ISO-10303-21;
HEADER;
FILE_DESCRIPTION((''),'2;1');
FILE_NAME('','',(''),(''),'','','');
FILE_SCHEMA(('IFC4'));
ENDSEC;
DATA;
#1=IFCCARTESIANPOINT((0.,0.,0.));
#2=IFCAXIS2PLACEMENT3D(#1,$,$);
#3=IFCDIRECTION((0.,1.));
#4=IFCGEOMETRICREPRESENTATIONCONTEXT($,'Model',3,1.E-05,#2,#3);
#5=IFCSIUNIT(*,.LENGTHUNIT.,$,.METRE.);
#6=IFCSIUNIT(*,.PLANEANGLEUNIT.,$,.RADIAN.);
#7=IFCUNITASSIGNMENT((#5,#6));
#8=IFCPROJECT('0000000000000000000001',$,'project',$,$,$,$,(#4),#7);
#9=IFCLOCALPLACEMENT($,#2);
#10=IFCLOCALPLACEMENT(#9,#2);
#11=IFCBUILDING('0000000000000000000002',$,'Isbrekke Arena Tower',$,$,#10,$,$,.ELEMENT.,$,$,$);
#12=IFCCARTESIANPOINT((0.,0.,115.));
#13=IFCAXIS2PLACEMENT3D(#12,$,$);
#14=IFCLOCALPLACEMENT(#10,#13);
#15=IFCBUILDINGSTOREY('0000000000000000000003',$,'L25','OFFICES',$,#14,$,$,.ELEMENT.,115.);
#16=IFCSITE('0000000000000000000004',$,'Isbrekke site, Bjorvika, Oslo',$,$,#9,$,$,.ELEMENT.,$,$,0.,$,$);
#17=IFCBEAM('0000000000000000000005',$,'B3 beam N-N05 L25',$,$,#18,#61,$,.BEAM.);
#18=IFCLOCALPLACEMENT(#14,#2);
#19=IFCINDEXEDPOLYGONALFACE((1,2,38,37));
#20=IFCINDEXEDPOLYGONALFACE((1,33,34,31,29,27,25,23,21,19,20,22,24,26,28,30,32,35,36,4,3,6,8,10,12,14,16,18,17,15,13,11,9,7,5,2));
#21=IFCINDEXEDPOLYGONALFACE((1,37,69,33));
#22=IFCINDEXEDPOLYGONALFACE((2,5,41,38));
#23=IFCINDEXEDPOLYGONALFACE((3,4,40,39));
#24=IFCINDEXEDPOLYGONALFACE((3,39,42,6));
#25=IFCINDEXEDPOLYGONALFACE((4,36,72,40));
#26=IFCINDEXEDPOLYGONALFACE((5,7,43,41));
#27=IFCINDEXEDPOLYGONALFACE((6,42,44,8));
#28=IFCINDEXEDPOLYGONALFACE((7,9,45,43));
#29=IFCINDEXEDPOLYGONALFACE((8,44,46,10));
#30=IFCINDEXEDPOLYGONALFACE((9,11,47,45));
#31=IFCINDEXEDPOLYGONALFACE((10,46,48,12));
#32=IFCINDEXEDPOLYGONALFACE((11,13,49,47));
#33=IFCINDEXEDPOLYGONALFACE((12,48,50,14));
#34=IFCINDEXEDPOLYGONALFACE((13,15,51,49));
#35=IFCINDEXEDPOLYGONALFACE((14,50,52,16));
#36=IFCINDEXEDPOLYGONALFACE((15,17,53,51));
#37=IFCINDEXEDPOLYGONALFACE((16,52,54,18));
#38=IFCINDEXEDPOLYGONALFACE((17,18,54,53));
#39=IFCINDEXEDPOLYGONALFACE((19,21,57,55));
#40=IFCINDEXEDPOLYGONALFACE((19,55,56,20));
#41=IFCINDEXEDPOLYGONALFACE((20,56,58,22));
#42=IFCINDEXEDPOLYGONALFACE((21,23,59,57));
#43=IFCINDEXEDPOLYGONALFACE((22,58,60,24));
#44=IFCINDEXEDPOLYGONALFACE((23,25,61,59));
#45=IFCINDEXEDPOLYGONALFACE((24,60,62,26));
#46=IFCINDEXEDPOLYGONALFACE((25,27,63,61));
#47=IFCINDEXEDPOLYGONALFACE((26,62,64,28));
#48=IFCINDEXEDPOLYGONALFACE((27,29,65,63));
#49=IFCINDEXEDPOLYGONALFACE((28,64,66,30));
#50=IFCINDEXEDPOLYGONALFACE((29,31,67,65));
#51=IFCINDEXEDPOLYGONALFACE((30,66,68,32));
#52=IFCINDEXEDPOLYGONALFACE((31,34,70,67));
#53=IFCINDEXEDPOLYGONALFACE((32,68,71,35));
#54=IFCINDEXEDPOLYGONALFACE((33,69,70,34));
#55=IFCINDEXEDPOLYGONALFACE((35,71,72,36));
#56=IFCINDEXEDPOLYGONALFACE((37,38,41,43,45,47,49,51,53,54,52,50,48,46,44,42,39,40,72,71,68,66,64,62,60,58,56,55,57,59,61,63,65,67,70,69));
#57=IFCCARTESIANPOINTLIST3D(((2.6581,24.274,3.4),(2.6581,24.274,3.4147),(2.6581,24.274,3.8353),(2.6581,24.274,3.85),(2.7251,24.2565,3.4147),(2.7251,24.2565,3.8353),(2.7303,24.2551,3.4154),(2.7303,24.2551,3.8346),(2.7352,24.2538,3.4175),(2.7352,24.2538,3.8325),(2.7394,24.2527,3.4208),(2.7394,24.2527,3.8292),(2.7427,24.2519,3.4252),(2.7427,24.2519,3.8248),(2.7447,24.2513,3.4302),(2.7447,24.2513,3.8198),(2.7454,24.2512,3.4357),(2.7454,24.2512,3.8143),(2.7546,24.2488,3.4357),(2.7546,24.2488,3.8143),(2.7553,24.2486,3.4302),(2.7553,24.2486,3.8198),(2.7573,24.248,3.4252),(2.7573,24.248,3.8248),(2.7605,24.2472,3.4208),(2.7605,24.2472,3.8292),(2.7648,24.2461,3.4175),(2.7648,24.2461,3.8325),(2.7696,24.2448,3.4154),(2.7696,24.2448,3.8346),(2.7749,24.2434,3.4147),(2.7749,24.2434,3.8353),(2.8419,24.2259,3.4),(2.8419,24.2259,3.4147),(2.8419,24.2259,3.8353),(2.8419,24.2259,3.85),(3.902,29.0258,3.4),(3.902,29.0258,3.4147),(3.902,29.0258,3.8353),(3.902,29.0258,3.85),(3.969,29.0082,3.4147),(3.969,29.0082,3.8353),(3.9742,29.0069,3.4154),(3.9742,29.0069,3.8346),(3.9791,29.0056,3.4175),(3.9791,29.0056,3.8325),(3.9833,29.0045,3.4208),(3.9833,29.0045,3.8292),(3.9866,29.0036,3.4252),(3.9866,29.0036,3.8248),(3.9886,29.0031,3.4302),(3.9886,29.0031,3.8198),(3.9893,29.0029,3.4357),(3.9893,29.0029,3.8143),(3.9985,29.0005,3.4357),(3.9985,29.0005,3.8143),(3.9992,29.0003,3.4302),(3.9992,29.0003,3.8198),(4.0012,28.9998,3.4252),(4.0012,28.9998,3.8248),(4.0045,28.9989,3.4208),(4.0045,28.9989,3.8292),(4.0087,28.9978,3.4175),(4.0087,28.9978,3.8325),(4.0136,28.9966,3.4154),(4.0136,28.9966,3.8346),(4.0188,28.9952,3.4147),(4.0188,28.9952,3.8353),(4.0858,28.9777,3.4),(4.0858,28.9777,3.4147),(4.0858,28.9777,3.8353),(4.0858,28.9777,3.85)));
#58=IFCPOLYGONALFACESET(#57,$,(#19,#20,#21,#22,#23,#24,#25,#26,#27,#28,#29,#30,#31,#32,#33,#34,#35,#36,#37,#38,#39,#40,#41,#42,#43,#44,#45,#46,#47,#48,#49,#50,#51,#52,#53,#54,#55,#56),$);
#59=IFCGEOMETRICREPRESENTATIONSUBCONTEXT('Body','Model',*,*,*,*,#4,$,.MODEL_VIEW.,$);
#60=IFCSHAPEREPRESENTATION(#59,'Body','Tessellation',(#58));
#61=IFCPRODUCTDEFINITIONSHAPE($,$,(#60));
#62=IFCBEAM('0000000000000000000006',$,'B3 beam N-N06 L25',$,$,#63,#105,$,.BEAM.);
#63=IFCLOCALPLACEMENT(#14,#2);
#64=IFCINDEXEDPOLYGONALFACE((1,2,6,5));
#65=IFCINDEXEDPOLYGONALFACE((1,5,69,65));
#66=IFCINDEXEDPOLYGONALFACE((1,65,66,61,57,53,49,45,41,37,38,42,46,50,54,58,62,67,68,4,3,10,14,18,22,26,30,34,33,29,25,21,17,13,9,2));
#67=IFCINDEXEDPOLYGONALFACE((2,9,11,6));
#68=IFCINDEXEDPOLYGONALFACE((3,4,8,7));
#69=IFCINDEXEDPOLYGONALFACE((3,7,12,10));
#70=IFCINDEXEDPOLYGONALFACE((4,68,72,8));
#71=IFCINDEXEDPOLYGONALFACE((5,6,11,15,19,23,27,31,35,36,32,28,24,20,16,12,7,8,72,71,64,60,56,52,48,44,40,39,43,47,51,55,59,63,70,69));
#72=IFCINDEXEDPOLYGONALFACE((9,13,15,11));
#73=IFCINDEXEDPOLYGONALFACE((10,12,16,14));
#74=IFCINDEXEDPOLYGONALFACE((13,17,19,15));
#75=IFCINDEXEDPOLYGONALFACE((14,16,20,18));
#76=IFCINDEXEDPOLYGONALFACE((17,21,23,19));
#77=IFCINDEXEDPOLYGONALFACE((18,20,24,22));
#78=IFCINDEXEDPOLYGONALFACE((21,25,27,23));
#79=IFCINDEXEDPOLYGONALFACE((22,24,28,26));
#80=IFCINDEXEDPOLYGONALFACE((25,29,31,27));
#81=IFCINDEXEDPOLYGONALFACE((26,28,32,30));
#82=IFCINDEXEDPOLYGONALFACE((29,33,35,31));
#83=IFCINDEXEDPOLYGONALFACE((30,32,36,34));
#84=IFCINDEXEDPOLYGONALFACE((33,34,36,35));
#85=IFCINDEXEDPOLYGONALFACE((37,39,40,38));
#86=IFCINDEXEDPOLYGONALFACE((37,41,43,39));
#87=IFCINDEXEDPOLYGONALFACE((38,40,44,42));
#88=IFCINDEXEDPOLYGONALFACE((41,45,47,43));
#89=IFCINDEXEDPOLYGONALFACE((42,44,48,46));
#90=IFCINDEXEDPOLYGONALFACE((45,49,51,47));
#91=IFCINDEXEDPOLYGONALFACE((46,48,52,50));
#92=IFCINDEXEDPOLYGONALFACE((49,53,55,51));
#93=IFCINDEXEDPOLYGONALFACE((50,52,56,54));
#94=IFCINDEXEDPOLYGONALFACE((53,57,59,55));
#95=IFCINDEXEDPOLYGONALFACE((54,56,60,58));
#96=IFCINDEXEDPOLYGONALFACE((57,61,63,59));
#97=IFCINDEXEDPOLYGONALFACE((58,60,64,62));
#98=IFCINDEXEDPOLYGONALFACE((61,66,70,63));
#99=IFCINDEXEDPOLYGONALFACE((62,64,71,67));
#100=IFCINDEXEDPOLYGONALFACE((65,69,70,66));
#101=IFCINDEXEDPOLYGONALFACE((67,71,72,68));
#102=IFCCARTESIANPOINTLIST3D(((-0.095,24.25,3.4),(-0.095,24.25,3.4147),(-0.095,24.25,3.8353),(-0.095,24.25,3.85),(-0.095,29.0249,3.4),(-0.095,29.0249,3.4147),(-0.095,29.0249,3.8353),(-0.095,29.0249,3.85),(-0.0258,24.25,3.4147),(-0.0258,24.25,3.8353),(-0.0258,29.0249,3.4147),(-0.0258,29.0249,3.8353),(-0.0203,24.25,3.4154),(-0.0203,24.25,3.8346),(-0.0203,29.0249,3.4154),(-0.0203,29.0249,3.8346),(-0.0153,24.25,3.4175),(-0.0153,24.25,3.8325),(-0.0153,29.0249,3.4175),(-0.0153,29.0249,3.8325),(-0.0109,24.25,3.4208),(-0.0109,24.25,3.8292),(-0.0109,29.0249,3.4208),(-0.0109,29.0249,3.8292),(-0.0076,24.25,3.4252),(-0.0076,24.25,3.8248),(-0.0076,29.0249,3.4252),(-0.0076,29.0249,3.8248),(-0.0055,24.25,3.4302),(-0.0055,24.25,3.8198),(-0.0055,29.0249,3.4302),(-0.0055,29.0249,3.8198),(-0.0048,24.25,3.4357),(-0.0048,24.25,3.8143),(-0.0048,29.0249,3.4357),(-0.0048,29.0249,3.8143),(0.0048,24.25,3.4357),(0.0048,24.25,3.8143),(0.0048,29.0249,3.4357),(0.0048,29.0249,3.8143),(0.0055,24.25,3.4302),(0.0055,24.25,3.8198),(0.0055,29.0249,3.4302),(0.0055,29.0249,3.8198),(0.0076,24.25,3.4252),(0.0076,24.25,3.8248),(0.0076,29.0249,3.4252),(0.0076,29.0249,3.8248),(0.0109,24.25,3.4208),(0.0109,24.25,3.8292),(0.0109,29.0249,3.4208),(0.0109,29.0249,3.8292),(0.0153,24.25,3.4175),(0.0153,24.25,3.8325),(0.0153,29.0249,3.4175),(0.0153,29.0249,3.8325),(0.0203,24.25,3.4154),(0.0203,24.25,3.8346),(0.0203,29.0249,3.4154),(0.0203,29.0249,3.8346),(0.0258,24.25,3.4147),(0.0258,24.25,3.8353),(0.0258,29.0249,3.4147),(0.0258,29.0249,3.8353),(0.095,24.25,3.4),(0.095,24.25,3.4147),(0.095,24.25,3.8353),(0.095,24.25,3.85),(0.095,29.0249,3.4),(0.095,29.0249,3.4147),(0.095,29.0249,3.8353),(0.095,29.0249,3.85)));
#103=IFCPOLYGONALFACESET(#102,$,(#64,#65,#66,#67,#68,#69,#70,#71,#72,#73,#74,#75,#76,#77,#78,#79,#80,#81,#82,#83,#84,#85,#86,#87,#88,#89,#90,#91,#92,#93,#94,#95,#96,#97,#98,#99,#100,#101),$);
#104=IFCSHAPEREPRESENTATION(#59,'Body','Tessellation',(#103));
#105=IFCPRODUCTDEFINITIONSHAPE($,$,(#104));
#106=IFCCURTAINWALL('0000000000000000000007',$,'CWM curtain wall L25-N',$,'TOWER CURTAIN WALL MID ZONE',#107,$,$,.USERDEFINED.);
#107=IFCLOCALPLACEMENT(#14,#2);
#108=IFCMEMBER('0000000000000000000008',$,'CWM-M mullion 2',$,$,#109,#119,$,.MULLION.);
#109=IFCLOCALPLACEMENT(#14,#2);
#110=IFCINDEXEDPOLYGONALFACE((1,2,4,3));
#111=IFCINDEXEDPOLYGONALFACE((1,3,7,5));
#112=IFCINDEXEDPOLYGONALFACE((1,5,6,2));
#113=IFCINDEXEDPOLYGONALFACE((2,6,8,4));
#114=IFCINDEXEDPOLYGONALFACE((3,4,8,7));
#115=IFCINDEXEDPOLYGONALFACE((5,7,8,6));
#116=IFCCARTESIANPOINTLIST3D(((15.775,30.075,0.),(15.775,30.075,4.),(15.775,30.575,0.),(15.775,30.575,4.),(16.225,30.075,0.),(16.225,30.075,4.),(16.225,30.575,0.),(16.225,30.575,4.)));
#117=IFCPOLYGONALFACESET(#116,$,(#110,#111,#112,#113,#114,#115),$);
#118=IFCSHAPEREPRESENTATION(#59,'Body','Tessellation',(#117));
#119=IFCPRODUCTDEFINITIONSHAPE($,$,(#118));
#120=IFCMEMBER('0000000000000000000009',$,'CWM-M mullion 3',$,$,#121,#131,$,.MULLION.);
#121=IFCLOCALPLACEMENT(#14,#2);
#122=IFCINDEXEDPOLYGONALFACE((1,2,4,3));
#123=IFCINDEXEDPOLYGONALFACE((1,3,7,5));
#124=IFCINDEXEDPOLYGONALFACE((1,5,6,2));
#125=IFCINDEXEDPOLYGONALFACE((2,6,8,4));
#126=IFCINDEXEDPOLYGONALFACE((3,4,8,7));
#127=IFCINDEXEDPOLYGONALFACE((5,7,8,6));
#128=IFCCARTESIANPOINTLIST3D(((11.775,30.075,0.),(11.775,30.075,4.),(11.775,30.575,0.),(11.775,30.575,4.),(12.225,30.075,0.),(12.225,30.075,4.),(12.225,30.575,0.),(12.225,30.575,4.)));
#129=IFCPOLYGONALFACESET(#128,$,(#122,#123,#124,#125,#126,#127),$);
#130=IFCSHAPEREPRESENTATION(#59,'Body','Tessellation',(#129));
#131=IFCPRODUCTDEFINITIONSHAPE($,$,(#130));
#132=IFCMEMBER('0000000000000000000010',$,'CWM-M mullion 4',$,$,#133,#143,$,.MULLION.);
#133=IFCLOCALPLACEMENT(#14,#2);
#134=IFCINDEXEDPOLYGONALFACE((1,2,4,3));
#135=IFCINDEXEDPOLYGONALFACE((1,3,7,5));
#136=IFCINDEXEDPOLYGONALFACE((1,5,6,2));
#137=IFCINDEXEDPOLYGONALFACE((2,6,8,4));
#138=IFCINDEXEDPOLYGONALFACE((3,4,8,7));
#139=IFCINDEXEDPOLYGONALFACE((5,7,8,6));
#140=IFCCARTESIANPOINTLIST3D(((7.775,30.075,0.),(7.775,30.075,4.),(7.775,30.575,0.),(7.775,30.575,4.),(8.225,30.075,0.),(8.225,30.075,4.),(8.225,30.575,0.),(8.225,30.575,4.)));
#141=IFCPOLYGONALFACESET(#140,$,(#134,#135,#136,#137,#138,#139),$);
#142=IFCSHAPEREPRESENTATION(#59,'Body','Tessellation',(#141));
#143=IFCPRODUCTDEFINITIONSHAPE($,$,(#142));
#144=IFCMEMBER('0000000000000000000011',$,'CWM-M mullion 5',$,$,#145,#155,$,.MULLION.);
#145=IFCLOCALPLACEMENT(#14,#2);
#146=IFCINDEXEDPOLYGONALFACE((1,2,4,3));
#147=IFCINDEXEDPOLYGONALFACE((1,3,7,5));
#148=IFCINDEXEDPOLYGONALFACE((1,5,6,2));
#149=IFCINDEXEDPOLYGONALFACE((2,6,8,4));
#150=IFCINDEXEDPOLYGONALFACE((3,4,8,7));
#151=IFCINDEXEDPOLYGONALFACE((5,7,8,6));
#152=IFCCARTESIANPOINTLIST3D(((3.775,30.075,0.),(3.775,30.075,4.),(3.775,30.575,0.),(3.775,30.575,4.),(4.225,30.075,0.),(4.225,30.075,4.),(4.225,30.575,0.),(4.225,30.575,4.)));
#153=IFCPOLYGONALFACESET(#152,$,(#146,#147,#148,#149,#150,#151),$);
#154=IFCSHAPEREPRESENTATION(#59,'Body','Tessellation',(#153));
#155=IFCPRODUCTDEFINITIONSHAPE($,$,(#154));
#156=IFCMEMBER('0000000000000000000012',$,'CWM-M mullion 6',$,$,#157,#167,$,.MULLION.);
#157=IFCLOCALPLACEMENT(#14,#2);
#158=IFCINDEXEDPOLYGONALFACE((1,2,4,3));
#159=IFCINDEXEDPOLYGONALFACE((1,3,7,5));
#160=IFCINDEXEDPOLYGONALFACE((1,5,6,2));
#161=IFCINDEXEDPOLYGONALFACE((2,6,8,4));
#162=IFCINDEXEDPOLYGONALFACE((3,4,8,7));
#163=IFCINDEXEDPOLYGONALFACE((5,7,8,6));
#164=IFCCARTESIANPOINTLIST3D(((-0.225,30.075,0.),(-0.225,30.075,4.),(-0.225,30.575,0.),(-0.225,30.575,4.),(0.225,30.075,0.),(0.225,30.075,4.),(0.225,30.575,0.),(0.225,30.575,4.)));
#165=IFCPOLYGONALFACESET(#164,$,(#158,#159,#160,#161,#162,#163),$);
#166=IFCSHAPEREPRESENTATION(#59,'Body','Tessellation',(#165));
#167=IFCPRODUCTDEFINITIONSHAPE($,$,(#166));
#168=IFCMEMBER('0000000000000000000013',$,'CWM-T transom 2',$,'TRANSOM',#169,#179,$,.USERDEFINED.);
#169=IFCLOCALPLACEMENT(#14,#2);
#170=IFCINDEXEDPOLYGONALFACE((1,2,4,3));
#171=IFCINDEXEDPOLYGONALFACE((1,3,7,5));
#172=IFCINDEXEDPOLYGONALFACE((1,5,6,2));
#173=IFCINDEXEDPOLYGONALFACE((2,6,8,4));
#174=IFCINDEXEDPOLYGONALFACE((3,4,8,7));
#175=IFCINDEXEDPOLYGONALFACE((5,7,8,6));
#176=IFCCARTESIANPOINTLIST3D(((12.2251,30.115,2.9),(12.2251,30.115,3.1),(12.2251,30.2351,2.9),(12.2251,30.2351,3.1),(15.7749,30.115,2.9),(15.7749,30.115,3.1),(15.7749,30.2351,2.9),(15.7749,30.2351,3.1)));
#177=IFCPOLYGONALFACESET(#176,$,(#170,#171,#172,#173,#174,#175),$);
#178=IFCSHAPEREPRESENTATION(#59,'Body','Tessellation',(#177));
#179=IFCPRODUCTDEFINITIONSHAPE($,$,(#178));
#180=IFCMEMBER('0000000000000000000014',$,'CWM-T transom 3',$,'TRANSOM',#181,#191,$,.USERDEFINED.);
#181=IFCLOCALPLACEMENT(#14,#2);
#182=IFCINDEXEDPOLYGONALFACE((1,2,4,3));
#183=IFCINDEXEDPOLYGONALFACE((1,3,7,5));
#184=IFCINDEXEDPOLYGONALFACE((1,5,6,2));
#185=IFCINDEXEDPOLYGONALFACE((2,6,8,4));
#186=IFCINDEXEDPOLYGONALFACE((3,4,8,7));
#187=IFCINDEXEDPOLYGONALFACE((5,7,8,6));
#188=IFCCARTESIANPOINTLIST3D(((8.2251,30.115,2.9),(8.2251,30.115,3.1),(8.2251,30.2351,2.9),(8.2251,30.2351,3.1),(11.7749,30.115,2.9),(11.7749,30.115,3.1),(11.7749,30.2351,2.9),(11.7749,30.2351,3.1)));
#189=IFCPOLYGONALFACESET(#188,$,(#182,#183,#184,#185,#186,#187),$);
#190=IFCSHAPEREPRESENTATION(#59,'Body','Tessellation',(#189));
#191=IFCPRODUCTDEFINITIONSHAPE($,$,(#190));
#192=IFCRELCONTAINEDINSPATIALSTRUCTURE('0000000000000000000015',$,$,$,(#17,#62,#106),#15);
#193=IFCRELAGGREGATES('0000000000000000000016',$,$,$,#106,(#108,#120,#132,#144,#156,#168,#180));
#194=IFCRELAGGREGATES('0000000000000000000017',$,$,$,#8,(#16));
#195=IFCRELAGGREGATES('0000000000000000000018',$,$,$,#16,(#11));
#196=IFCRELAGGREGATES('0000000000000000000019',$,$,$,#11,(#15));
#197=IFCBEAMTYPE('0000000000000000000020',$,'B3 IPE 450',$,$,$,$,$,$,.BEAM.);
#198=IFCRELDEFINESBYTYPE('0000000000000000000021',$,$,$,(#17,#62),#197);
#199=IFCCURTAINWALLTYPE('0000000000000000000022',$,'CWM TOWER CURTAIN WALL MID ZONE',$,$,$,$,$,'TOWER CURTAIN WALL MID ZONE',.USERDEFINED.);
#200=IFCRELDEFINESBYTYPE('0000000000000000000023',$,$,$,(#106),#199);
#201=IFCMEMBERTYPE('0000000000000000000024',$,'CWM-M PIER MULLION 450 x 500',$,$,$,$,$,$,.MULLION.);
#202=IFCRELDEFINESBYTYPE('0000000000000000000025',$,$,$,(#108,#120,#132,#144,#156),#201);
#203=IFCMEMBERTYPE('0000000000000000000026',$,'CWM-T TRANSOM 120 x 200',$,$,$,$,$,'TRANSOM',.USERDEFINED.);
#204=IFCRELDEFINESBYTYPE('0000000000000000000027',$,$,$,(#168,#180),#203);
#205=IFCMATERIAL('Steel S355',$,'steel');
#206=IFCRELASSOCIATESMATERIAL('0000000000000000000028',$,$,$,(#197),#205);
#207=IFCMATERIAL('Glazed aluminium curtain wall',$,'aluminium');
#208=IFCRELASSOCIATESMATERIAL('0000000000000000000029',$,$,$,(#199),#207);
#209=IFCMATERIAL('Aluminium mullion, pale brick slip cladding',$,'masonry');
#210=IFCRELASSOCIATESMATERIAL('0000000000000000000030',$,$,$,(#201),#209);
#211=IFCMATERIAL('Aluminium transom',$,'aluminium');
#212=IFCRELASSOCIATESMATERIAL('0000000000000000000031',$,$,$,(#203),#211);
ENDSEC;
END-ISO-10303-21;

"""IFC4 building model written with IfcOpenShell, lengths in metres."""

from ifc_helpers import new_model, si_unit, direction, frame, origin, origin_2d, place, context, subcontext, project, spatial, rectangle, i_section, extrude, material, material_profile, profile_set, type_object, element, aggregate, save


model = new_model("IFC4")

# Units and contexts
model_context = context("Model", 3, precision=1e-05, world=origin(), true_north=direction((0.0, 1.0)))
body_context = subcontext(model_context, "Body", "Model", "MODEL_VIEW")
ifc_project = project(units=[si_unit("LENGTHUNIT", "METRE"), si_unit("PLANEANGLEUNIT", "RADIAN")], contexts=[model_context])

# Site, building, storey
site_placement = place(None, origin())
site = spatial("IfcSite", under=ifc_project, at=site_placement, Name="Isbrekke site, Bjorvika, Oslo", CompositionType="ELEMENT", RefElevation=0.0)
building_placement = place(site_placement, origin())
building = spatial("IfcBuilding", under=site, at=building_placement, Name="Isbrekke Arena Tower", CompositionType="ELEMENT")
storey_placement = place(building_placement, frame((0.0, 0.0, 115.0)))
storey = spatial("IfcBuildingStorey", under=building, at=storey_placement, Name="L25", Description="OFFICES", CompositionType="ELEMENT", Elevation=115.0)

# Beams
ifc_material_1 = material(Name="Steel S355", Category="steel")
ifc_material_profile_1 = material_profile(ifc_material_1, i_section(OverallWidth=0.1899, OverallDepth=0.45, WebThickness=0.0095, FlangeThickness=0.0146, FilletRadius=0.021, at=origin_2d()), Name="IPE 450")
ifc_profile_set_1 = profile_set([ifc_material_profile_1], Name="Steel S355")
beam_type_1 = type_object("IfcBeamType", Name="B3 IPE 450", PredefinedType="BEAM", material=ifc_profile_set_1)
beam_1_placement = place(storey_placement, frame((3.9939, 29.0017, 3.625), z_axis=(-0.253245, -0.967402, 0.0), x_axis=(0.967402, -0.253245, 0.0)))
element("IfcBeam", 1, at=beam_1_placement, inside=storey, type_object=beam_type_1, Name="B3 beam N-N05 L25", PredefinedType="BEAM", context=body_context, shape_type="SweptSolid", body=[
    extrude(i_section(OverallWidth=0.1899, OverallDepth=0.45, WebThickness=0.0095, FlangeThickness=0.0146, FilletRadius=0.021, at=origin_2d()), origin(), (0.0, 0.0, 1.0), 4.9119),
])
beam_2_placement = place(storey_placement, frame((0.0, 29.0249, 3.625), z_axis=(0.0, -1.0, 0.0), x_axis=(1.0, 0.0, 0.0)))
element("IfcBeam", 2, at=beam_2_placement, inside=storey, type_object=beam_type_1, Name="B3 beam N-N06 L25", PredefinedType="BEAM", context=body_context, shape_type="SweptSolid", body=[
    extrude(i_section(OverallWidth=0.1899, OverallDepth=0.45, WebThickness=0.0095, FlangeThickness=0.0146, FilletRadius=0.021, at=origin_2d()), origin(), (0.0, 0.0, 1.0), 4.7749),
])

# Curtain wall, members
ifc_material_2 = material(Name="Glazed aluminium curtain wall", Category="aluminium")
curtain_wall_type = type_object("IfcCurtainWallType", Name="CWM TOWER CURTAIN WALL MID ZONE", ElementType="TOWER CURTAIN WALL MID ZONE", PredefinedType="USERDEFINED", material=ifc_material_2)
curtain_wall_placement = place(storey_placement, origin())
curtain_wall = element("IfcCurtainWall", 3, at=curtain_wall_placement, inside=storey, type_object=curtain_wall_type, Name="CWM curtain wall L25-N", ObjectType="TOWER CURTAIN WALL MID ZONE", PredefinedType="USERDEFINED")
ifc_material_3 = material(Name="Aluminium mullion, pale brick slip cladding", Category="masonry")
ifc_material_profile_2 = material_profile(ifc_material_3, rectangle(XDim=0.45, YDim=0.5, at=origin_2d()), Name="PIER 450X500")
ifc_profile_set_2 = profile_set([ifc_material_profile_2], Name="Aluminium mullion, pale brick slip cladding")
member_type_1 = type_object("IfcMemberType", Name="CWM-M PIER MULLION 450 x 500", PredefinedType="MULLION", material=ifc_profile_set_2)
member_1_placement = place(storey_placement, frame((16.0, 30.325, 0.0), z_axis=(0.0, 0.0, 1.0), x_axis=(-1.0, 0.0, 0.0)))
member_1 = element("IfcMember", 4, at=member_1_placement, type_object=member_type_1, Name="CWM-M mullion 2", PredefinedType="MULLION", context=body_context, shape_type="SweptSolid", body=[
    extrude(rectangle(XDim=0.45, YDim=0.5, at=origin_2d()), origin(), (0.0, 0.0, 1.0), 4.0),
])
member_2_placement = place(storey_placement, frame((12.0, 30.325, 0.0), z_axis=(0.0, 0.0, 1.0), x_axis=(-1.0, 0.0, 0.0)))
member_2 = element("IfcMember", 5, at=member_2_placement, type_object=member_type_1, Name="CWM-M mullion 3", PredefinedType="MULLION", context=body_context, shape_type="SweptSolid", body=[
    extrude(rectangle(XDim=0.45, YDim=0.5, at=origin_2d()), origin(), (0.0, 0.0, 1.0), 4.0),
])
member_3_placement = place(storey_placement, frame((8.0, 30.325, 0.0), z_axis=(0.0, 0.0, 1.0), x_axis=(-1.0, 0.0, 0.0)))
member_3 = element("IfcMember", 6, at=member_3_placement, type_object=member_type_1, Name="CWM-M mullion 4", PredefinedType="MULLION", context=body_context, shape_type="SweptSolid", body=[
    extrude(rectangle(XDim=0.45, YDim=0.5, at=origin_2d()), origin(), (0.0, 0.0, 1.0), 4.0),
])
member_4_placement = place(storey_placement, frame((4.0, 30.325, 0.0), z_axis=(0.0, 0.0, 1.0), x_axis=(-1.0, 0.0, 0.0)))
member_4 = element("IfcMember", 7, at=member_4_placement, type_object=member_type_1, Name="CWM-M mullion 5", PredefinedType="MULLION", context=body_context, shape_type="SweptSolid", body=[
    extrude(rectangle(XDim=0.45, YDim=0.5, at=origin_2d()), origin(), (0.0, 0.0, 1.0), 4.0),
])
member_5_placement = place(storey_placement, frame((0.0, 30.325, 0.0), z_axis=(0.0, 0.0, 1.0), x_axis=(-1.0, 0.0, 0.0)))
member_5 = element("IfcMember", 8, at=member_5_placement, type_object=member_type_1, Name="CWM-M mullion 6", PredefinedType="MULLION", context=body_context, shape_type="SweptSolid", body=[
    extrude(rectangle(XDim=0.45, YDim=0.5, at=origin_2d()), origin(), (0.0, 0.0, 1.0), 4.0),
])
ifc_material_4 = material(Name="Aluminium transom", Category="aluminium")
ifc_material_profile_3 = material_profile(ifc_material_4, rectangle(XDim=0.1201, YDim=0.2, at=origin_2d()), Name="TRANSOM 120X200")
ifc_profile_set_3 = profile_set([ifc_material_profile_3], Name="Aluminium transom")
member_type_2 = type_object("IfcMemberType", Name="CWM-T TRANSOM 120 x 200", ElementType="TRANSOM", PredefinedType="USERDEFINED", material=ifc_profile_set_3)
member_6_placement = place(storey_placement, frame((15.7749, 30.175, 3.0), z_axis=(-1.0, 0.0, 0.0), x_axis=(0.0, -1.0, 0.0)))
member_6 = element("IfcMember", 9, at=member_6_placement, type_object=member_type_2, Name="CWM-T transom 2", ObjectType="TRANSOM", PredefinedType="USERDEFINED", context=body_context, shape_type="SweptSolid", body=[
    extrude(rectangle(XDim=0.1201, YDim=0.2, at=origin_2d()), origin(), (0.0, 0.0, 1.0), 3.5498),
])
member_7_placement = place(storey_placement, frame((11.7749, 30.175, 3.0), z_axis=(-1.0, 0.0, 0.0), x_axis=(0.0, -1.0, 0.0)))
member_7 = element("IfcMember", 10, at=member_7_placement, type_object=member_type_2, Name="CWM-T transom 3", ObjectType="TRANSOM", PredefinedType="USERDEFINED", context=body_context, shape_type="SweptSolid", body=[
    extrude(rectangle(XDim=0.1201, YDim=0.2, at=origin_2d()), origin(), (0.0, 0.0, 1.0), 3.5498),
])

aggregate(curtain_wall, [member_1, member_2, member_3, member_4, member_5, member_6, member_7])

save(model, "model.ifc")
